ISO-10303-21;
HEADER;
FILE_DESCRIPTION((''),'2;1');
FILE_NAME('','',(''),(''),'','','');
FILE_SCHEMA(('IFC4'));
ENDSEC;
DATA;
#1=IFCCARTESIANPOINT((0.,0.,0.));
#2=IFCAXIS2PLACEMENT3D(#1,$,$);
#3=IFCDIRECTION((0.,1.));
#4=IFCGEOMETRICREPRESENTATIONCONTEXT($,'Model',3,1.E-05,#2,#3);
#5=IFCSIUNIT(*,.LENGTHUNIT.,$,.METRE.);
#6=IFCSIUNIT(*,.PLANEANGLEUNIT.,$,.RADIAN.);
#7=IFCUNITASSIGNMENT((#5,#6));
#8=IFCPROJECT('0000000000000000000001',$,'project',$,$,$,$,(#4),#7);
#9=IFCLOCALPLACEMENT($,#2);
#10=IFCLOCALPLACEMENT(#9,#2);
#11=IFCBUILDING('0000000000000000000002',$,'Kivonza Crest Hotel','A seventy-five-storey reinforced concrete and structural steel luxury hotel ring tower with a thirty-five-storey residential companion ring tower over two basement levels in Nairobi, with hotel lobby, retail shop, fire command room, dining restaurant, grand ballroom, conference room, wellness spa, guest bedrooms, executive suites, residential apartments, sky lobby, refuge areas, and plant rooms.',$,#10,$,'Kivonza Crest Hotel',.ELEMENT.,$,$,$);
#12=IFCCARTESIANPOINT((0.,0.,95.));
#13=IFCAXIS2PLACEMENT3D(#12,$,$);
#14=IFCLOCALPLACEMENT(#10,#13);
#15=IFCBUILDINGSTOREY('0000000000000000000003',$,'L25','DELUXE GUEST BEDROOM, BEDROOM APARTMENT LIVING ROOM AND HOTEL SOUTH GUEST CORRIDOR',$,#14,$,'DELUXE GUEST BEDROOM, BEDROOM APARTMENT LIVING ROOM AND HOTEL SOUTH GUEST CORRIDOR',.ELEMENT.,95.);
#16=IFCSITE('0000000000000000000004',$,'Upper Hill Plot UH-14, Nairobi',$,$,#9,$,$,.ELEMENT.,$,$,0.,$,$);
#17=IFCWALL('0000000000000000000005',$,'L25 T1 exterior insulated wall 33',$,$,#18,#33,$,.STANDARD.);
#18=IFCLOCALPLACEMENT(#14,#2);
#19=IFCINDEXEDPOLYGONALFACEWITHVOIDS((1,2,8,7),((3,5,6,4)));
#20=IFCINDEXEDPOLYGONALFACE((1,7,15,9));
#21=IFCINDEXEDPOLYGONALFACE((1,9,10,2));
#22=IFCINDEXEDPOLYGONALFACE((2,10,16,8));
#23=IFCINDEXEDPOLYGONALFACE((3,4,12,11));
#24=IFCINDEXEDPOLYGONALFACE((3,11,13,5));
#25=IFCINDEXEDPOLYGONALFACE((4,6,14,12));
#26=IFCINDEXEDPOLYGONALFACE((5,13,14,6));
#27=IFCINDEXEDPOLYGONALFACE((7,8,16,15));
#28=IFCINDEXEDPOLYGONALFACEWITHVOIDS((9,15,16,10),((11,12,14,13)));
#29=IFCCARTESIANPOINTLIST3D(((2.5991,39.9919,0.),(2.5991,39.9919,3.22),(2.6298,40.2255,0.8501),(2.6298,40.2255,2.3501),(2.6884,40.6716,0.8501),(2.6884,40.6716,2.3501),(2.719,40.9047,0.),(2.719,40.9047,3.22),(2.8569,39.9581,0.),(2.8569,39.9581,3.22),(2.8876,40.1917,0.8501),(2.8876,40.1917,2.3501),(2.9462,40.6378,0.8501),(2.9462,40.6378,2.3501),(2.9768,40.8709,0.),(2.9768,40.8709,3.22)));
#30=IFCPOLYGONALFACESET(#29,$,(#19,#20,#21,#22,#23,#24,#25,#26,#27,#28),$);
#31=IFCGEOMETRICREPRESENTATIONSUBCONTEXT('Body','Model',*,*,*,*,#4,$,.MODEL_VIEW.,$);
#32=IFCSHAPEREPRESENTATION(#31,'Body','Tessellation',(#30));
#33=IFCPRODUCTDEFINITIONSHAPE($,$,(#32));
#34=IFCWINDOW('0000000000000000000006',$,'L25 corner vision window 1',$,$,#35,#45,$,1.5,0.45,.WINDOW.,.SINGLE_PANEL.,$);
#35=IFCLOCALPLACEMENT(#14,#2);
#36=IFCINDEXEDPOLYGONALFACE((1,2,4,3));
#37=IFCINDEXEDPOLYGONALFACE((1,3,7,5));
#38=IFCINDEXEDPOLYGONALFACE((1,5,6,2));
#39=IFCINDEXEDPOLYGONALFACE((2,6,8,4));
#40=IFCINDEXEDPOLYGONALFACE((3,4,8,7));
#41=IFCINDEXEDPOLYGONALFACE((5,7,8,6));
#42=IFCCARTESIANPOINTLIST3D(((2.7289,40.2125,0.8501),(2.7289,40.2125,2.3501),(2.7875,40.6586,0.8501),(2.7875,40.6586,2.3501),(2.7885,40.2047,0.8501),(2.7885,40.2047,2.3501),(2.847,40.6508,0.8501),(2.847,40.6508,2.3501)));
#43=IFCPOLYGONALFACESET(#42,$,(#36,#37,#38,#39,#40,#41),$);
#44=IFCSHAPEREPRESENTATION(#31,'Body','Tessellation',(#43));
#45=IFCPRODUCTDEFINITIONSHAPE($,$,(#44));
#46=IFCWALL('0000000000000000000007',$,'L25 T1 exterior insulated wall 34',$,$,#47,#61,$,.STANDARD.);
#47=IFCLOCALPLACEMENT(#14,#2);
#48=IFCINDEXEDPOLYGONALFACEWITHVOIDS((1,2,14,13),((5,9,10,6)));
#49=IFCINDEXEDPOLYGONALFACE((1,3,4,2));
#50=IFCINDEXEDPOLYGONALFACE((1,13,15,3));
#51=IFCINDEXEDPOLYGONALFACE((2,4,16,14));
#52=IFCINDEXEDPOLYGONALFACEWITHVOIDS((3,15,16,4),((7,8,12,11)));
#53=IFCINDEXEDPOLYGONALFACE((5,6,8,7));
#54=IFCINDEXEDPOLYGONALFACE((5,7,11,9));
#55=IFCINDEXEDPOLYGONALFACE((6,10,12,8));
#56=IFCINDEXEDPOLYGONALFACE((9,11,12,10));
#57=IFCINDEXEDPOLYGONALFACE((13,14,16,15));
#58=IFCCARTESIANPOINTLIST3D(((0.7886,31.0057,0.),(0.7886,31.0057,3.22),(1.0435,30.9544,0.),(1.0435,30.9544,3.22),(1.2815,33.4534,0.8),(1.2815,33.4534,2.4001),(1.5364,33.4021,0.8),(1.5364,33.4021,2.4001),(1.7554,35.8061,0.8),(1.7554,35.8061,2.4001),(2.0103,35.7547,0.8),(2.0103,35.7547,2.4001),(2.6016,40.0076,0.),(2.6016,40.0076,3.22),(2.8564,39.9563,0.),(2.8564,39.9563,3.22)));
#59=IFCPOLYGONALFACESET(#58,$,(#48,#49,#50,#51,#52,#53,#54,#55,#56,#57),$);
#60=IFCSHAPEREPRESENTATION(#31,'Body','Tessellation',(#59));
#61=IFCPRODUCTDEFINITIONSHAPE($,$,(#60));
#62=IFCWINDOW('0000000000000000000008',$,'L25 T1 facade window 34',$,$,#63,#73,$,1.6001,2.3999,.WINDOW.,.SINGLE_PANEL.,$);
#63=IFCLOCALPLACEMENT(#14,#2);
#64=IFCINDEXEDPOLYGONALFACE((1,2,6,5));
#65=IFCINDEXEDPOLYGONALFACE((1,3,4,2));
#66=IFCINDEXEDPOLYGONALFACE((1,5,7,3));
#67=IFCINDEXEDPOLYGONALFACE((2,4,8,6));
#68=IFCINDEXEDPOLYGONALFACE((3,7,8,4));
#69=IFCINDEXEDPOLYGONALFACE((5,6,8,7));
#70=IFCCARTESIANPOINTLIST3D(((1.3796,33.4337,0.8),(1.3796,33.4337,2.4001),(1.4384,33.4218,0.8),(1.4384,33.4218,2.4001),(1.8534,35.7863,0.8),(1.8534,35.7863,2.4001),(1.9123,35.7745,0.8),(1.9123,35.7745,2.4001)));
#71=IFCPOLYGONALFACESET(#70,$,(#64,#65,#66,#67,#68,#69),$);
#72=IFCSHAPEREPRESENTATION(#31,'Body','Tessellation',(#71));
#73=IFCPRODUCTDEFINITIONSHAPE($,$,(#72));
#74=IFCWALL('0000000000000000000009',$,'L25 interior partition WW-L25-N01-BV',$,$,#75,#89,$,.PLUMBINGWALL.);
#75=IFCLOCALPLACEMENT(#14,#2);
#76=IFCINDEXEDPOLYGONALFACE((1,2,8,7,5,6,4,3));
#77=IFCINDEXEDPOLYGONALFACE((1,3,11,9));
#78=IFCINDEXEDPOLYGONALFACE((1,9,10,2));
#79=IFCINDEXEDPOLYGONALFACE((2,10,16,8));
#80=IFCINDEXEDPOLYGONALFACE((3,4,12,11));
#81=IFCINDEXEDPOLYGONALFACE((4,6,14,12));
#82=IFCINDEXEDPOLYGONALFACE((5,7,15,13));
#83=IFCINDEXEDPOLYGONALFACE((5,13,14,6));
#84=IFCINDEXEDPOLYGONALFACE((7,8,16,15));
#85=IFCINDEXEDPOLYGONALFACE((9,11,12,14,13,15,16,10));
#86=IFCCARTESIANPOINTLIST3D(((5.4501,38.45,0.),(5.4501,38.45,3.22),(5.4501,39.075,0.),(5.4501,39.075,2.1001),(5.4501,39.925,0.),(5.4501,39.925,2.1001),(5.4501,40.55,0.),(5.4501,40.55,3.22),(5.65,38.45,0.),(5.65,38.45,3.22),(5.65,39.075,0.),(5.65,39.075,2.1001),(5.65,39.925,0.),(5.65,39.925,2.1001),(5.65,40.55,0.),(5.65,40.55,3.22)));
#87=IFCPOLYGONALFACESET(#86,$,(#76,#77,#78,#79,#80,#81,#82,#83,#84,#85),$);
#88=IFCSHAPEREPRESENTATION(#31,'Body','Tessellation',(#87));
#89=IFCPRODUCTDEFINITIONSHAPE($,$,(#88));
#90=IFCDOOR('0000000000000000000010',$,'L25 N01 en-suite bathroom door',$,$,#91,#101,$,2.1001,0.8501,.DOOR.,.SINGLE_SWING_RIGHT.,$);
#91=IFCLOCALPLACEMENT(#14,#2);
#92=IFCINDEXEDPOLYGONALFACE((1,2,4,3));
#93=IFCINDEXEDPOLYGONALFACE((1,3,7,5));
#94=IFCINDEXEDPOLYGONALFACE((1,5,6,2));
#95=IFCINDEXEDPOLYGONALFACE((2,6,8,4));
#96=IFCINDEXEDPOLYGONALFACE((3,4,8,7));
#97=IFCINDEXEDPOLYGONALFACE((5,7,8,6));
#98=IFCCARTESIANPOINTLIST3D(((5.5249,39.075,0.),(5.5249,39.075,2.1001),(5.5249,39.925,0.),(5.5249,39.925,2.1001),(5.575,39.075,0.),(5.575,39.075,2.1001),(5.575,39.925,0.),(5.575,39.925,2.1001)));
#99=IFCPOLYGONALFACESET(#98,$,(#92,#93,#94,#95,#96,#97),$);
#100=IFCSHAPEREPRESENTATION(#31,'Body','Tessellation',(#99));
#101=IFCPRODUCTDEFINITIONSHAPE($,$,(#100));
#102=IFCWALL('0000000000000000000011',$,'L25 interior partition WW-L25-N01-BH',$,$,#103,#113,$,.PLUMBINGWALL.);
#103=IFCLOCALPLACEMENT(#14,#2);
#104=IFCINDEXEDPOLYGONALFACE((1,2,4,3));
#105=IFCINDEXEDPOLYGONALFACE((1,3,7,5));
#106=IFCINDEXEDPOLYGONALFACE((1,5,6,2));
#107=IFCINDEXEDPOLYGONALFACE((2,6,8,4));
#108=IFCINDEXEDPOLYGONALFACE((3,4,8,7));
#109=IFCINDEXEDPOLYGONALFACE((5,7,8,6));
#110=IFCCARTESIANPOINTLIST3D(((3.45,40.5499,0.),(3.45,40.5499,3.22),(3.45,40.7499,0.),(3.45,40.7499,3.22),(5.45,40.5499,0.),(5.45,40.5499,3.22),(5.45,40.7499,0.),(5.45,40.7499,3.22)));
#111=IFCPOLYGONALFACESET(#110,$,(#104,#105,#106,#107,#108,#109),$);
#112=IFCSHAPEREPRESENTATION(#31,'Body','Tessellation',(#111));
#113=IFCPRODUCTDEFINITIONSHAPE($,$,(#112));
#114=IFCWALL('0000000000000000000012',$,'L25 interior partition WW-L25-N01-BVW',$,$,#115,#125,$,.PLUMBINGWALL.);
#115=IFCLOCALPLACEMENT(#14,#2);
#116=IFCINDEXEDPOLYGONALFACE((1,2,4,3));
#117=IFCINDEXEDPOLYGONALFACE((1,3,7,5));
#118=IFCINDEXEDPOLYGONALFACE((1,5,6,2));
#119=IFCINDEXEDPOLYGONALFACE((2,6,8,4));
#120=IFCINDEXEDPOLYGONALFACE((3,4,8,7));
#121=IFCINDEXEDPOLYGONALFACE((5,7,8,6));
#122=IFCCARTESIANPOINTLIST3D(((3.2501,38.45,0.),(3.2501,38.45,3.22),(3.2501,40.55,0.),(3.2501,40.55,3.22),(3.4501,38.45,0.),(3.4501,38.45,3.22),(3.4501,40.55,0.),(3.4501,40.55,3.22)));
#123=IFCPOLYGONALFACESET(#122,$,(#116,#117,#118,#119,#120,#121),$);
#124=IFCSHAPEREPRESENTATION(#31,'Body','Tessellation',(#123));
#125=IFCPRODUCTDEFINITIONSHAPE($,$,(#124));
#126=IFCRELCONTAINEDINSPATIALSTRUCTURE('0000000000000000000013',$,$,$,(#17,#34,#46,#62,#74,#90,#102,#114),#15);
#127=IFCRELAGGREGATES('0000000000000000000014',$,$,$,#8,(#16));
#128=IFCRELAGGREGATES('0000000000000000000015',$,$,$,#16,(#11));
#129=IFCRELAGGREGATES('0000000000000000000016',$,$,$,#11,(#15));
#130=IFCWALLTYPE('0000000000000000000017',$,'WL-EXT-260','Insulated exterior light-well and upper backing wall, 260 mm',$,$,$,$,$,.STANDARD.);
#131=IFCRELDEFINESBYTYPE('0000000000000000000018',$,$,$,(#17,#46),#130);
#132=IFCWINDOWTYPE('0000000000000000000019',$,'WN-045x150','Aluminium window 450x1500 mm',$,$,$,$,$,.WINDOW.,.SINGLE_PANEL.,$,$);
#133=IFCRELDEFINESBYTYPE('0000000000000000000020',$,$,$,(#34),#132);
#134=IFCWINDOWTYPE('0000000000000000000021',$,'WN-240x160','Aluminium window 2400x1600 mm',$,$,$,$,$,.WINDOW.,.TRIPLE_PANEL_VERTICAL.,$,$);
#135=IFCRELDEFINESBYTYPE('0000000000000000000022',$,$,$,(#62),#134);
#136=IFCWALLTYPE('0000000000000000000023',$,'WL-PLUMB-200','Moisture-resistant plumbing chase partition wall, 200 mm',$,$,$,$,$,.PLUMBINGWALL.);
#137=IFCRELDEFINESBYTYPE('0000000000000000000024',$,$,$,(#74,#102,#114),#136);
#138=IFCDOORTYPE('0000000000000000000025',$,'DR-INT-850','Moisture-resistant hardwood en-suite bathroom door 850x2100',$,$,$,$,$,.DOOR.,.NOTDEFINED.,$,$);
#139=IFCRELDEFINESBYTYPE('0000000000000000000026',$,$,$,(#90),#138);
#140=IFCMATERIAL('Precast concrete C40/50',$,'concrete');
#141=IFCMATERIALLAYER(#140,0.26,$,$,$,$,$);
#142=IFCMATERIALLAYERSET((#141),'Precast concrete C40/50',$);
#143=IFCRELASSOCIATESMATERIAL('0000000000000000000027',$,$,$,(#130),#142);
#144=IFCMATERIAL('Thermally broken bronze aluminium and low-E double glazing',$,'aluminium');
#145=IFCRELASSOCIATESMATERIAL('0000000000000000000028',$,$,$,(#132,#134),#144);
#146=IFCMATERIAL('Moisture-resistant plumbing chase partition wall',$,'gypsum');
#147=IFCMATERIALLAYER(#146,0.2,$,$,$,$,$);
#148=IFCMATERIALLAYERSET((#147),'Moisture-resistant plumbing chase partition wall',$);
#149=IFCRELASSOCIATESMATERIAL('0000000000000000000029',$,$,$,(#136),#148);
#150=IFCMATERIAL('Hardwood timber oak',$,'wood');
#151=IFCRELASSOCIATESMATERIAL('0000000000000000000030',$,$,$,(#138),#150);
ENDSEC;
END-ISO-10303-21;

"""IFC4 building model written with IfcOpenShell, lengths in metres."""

from ifc_helpers import new_model, si_unit, direction, frame, frame_2d, origin, place, context, subcontext, project, spatial, rectangle, extrude, material, layer, layer_set, type_object, element, fill, save


model = new_model("IFC4")

# Units and contexts
model_context = context("Model", 3, precision=1e-05, world=origin(), true_north=direction((0.0, 1.0)))
body_context = subcontext(model_context, "Body", "Model", "MODEL_VIEW")
ifc_project = project(units=[si_unit("LENGTHUNIT", "METRE"), si_unit("PLANEANGLEUNIT", "RADIAN")], contexts=[model_context])

# Site, building, storey
site_placement = place(None, origin())
site = spatial("IfcSite", under=ifc_project, at=site_placement, Name="Upper Hill Plot UH-14, Nairobi", CompositionType="ELEMENT", RefElevation=0.0)
building_placement = place(site_placement, origin())
building = spatial("IfcBuilding", under=site, at=building_placement, Name="Kivonza Crest Hotel", Description="A seventy-five-storey reinforced concrete and structural steel luxury hotel ring tower with a thirty-five-storey residential companion ring tower over two basement levels in Nairobi, with hotel lobby, retail shop, fire command room, dining restaurant, grand ballroom, conference room, wellness spa, guest bedrooms, executive suites, residential apartments, sky lobby, refuge areas, and plant rooms.", LongName="Kivonza Crest Hotel", CompositionType="ELEMENT")
storey_placement = place(building_placement, frame((0.0, 0.0, 95.0)))
storey = spatial("IfcBuildingStorey", under=building, at=storey_placement, Name="L25", Description="DELUXE GUEST BEDROOM, BEDROOM APARTMENT LIVING ROOM AND HOTEL SOUTH GUEST CORRIDOR", LongName="DELUXE GUEST BEDROOM, BEDROOM APARTMENT LIVING ROOM AND HOTEL SOUTH GUEST CORRIDOR", CompositionType="ELEMENT", Elevation=95.0)

# Shared definitions
ifc_material_1 = material(Name="Hardwood timber oak", Category="wood")

# Shared definitions
ifc_material_2 = material(Name="Precast concrete C40/50", Category="concrete")
ifc_layer_1 = layer(ifc_material_2, 0.26)
ifc_layer_set_1 = layer_set([ifc_layer_1], Name="Precast concrete C40/50")
wall_type_1 = type_object("IfcWallType", Name="WL-EXT-260", Description="Insulated exterior light-well and upper backing wall, 260 mm", PredefinedType="STANDARD", material=ifc_layer_set_1)

# Walls, openings, windows
wall_1_placement = place(storey_placement, frame((2.8479, 40.8879, 0.0), z_axis=(0.0, 0.0, 1.0), x_axis=(-0.130201, -0.991488, 0.0)))
wall_1 = element("IfcWall", 1, at=wall_1_placement, inside=storey, type_object=wall_type_1, Name="L25 T1 exterior insulated wall 33", PredefinedType="STANDARD", context=body_context, shape_type="SweptSolid", body=[
    extrude(rectangle(XDim=0.9207, YDim=0.26, at=frame_2d((0.4604, 0.0))), origin(), (0.0, 0.0, 1.0), 3.22),
])
opening_1_placement = place(wall_1_placement, frame((0.2351, 0.0, 0.8501)))
opening_1 = element("IfcOpeningElement", 2, at=opening_1_placement, cuts=wall_1, PredefinedType="OPENING", context=body_context, shape_type="SweptSolid", body=[
    extrude(rectangle(XDim=0.45, YDim=1.5, at=frame_2d((0.2251, 0.75))), frame((0.0, 0.1401, 0.0), z_axis=(0.0, -1.0, 0.0), x_axis=(1.0, 0.0, 0.0)), (0.0, 0.0, 1.0), 0.28),
])
ifc_material_3 = material(Name="Thermally broken bronze aluminium and low-E double glazing", Category="aluminium")
window_type_1 = type_object("IfcWindowType", Name="WN-045x150", Description="Aluminium window 450x1500 mm", PartitioningType="SINGLE_PANEL", PredefinedType="WINDOW", material=ifc_material_3)
window_1_placement = place(opening_1_placement, origin())
window_1 = element("IfcWindow", 3, at=window_1_placement, inside=storey, type_object=window_type_1, Name="L25 corner vision window 1", OverallHeight=1.5, OverallWidth=0.45, PartitioningType="SINGLE_PANEL", PredefinedType="WINDOW", context=body_context, shape_type="SweptSolid", body=[
    extrude(rectangle(XDim=0.45, YDim=1.5, at=frame_2d((0.2251, 0.75))), frame((0.0, 0.03, 0.0), z_axis=(0.0, -1.0, 0.0), x_axis=(1.0, 0.0, 0.0)), (0.0, 0.0, 1.0), 0.0601),
])
fill(opening_1, window_1)
wall_2_placement = place(storey_placement, frame((2.729, 39.9819, 0.0), z_axis=(0.0, 0.0, 1.0), x_axis=(-0.197435, -0.980316, 0.0)))
wall_2 = element("IfcWall", 4, at=wall_2_placement, inside=storey, type_object=wall_type_1, Name="L25 T1 exterior insulated wall 34", PredefinedType="STANDARD", context=body_context, shape_type="SweptSolid", body=[
    extrude(rectangle(XDim=9.1826, YDim=0.26, at=frame_2d((4.5913, 0.0))), origin(), (0.0, 0.0, 1.0), 3.22),
])
opening_2_placement = place(wall_2_placement, frame((4.2859, 0.0, 0.8)))
opening_2 = element("IfcOpeningElement", 5, at=opening_2_placement, cuts=wall_2, PredefinedType="OPENING", context=body_context, shape_type="SweptSolid", body=[
    extrude(rectangle(XDim=2.3999, YDim=1.6001, at=frame_2d((1.2, 0.8))), frame((0.0, 0.1401, 0.0), z_axis=(0.0, -1.0, 0.0), x_axis=(1.0, 0.0, 0.0)), (0.0, 0.0, 1.0), 0.28),
])
window_type_2 = type_object("IfcWindowType", Name="WN-240x160", Description="Aluminium window 2400x1600 mm", PartitioningType="TRIPLE_PANEL_VERTICAL", PredefinedType="WINDOW", material=ifc_material_3)
window_2_placement = place(opening_2_placement, origin())
window_2 = element("IfcWindow", 6, at=window_2_placement, inside=storey, type_object=window_type_2, Name="L25 T1 facade window 34", OverallHeight=1.6001, OverallWidth=2.3999, PartitioningType="SINGLE_PANEL", PredefinedType="WINDOW", context=body_context, shape_type="SweptSolid", body=[
    extrude(rectangle(XDim=2.3999, YDim=1.6001, at=frame_2d((1.2, 0.8))), frame((0.0, 0.03, 0.0), z_axis=(0.0, -1.0, 0.0), x_axis=(1.0, 0.0, 0.0)), (0.0, 0.0, 1.0), 0.0601),
])
fill(opening_2, window_2)

# Wall, opening, door
ifc_material_4 = material(Name="Moisture-resistant plumbing chase partition wall", Category="gypsum")
ifc_layer_2 = layer(ifc_material_4, 0.2)
ifc_layer_set_2 = layer_set([ifc_layer_2], Name="Moisture-resistant plumbing chase partition wall")
wall_type_2 = type_object("IfcWallType", Name="WL-PLUMB-200", Description="Moisture-resistant plumbing chase partition wall, 200 mm", PredefinedType="PLUMBINGWALL", material=ifc_layer_set_2)
wall_3_placement = place(storey_placement, frame((5.55, 38.45, 0.0), z_axis=(0.0, 0.0, 1.0), x_axis=(0.0, 1.0, 0.0)))
wall_3 = element("IfcWall", 7, at=wall_3_placement, inside=storey, type_object=wall_type_2, Name="L25 interior partition WW-L25-N01-BV", PredefinedType="PLUMBINGWALL", context=body_context, shape_type="SweptSolid", body=[
    extrude(rectangle(XDim=2.1001, YDim=0.2, at=frame_2d((1.05, 0.0))), origin(), (0.0, 0.0, 1.0), 3.22),
])
opening_3_placement = place(wall_3_placement, frame((0.625, 0.0, 0.0)))
opening_3 = element("IfcOpeningElement", 8, at=opening_3_placement, cuts=wall_3, PredefinedType="OPENING", context=body_context, shape_type="SweptSolid", body=[
    extrude(rectangle(XDim=0.8501, YDim=2.1001, at=frame_2d((0.425, 1.05))), frame((0.0, 0.1099, 0.0), z_axis=(0.0, -1.0, 0.0), x_axis=(1.0, 0.0, 0.0)), (0.0, 0.0, 1.0), 0.22),
])
door_type_1 = type_object("IfcDoorType", Name="DR-INT-850", Description="Moisture-resistant hardwood en-suite bathroom door 850x2100", OperationType="NOTDEFINED", PredefinedType="DOOR", material=ifc_material_1)
door_1_placement = place(opening_3_placement, frame((0.8501, 0.0, 0.0), z_axis=(0.0, 0.0, 1.0), x_axis=(-1.0, 0.0, 0.0)))
door_1 = element("IfcDoor", 9, at=door_1_placement, inside=storey, type_object=door_type_1, Name="L25 N01 en-suite bathroom door", OperationType="SINGLE_SWING_RIGHT", OverallHeight=2.1001, OverallWidth=0.8501, PredefinedType="DOOR", context=body_context, shape_type="SweptSolid", body=[
    extrude(rectangle(XDim=0.8501, YDim=2.1001, at=frame_2d((0.425, 1.05))), frame((0.0, 0.0249, 0.0), z_axis=(0.0, -1.0, 0.0), x_axis=(1.0, 0.0, 0.0)), (0.0, 0.0, 1.0), 0.05),
])
fill(opening_3, door_1)

# Walls
wall_4_placement = place(storey_placement, frame((3.45, 40.6499, 0.0), z_axis=(0.0, 0.0, 1.0), x_axis=(1.0, 0.0, 0.0)))
element("IfcWall", 10, at=wall_4_placement, inside=storey, type_object=wall_type_2, Name="L25 interior partition WW-L25-N01-BH", PredefinedType="PLUMBINGWALL", context=body_context, shape_type="SweptSolid", body=[
    extrude(rectangle(XDim=2.0, YDim=0.2, at=frame_2d((1.0, 0.0))), origin(), (0.0, 0.0, 1.0), 3.22),
])
wall_5_placement = place(storey_placement, frame((3.3501, 38.45, 0.0), z_axis=(0.0, 0.0, 1.0), x_axis=(0.0, 1.0, 0.0)))
element("IfcWall", 11, at=wall_5_placement, inside=storey, type_object=wall_type_2, Name="L25 interior partition WW-L25-N01-BVW", PredefinedType="PLUMBINGWALL", context=body_context, shape_type="SweptSolid", body=[
    extrude(rectangle(XDim=2.1001, YDim=0.2, at=frame_2d((1.05, 0.0))), origin(), (0.0, 0.0, 1.0), 3.22),
])

save(model, "model.ifc")
